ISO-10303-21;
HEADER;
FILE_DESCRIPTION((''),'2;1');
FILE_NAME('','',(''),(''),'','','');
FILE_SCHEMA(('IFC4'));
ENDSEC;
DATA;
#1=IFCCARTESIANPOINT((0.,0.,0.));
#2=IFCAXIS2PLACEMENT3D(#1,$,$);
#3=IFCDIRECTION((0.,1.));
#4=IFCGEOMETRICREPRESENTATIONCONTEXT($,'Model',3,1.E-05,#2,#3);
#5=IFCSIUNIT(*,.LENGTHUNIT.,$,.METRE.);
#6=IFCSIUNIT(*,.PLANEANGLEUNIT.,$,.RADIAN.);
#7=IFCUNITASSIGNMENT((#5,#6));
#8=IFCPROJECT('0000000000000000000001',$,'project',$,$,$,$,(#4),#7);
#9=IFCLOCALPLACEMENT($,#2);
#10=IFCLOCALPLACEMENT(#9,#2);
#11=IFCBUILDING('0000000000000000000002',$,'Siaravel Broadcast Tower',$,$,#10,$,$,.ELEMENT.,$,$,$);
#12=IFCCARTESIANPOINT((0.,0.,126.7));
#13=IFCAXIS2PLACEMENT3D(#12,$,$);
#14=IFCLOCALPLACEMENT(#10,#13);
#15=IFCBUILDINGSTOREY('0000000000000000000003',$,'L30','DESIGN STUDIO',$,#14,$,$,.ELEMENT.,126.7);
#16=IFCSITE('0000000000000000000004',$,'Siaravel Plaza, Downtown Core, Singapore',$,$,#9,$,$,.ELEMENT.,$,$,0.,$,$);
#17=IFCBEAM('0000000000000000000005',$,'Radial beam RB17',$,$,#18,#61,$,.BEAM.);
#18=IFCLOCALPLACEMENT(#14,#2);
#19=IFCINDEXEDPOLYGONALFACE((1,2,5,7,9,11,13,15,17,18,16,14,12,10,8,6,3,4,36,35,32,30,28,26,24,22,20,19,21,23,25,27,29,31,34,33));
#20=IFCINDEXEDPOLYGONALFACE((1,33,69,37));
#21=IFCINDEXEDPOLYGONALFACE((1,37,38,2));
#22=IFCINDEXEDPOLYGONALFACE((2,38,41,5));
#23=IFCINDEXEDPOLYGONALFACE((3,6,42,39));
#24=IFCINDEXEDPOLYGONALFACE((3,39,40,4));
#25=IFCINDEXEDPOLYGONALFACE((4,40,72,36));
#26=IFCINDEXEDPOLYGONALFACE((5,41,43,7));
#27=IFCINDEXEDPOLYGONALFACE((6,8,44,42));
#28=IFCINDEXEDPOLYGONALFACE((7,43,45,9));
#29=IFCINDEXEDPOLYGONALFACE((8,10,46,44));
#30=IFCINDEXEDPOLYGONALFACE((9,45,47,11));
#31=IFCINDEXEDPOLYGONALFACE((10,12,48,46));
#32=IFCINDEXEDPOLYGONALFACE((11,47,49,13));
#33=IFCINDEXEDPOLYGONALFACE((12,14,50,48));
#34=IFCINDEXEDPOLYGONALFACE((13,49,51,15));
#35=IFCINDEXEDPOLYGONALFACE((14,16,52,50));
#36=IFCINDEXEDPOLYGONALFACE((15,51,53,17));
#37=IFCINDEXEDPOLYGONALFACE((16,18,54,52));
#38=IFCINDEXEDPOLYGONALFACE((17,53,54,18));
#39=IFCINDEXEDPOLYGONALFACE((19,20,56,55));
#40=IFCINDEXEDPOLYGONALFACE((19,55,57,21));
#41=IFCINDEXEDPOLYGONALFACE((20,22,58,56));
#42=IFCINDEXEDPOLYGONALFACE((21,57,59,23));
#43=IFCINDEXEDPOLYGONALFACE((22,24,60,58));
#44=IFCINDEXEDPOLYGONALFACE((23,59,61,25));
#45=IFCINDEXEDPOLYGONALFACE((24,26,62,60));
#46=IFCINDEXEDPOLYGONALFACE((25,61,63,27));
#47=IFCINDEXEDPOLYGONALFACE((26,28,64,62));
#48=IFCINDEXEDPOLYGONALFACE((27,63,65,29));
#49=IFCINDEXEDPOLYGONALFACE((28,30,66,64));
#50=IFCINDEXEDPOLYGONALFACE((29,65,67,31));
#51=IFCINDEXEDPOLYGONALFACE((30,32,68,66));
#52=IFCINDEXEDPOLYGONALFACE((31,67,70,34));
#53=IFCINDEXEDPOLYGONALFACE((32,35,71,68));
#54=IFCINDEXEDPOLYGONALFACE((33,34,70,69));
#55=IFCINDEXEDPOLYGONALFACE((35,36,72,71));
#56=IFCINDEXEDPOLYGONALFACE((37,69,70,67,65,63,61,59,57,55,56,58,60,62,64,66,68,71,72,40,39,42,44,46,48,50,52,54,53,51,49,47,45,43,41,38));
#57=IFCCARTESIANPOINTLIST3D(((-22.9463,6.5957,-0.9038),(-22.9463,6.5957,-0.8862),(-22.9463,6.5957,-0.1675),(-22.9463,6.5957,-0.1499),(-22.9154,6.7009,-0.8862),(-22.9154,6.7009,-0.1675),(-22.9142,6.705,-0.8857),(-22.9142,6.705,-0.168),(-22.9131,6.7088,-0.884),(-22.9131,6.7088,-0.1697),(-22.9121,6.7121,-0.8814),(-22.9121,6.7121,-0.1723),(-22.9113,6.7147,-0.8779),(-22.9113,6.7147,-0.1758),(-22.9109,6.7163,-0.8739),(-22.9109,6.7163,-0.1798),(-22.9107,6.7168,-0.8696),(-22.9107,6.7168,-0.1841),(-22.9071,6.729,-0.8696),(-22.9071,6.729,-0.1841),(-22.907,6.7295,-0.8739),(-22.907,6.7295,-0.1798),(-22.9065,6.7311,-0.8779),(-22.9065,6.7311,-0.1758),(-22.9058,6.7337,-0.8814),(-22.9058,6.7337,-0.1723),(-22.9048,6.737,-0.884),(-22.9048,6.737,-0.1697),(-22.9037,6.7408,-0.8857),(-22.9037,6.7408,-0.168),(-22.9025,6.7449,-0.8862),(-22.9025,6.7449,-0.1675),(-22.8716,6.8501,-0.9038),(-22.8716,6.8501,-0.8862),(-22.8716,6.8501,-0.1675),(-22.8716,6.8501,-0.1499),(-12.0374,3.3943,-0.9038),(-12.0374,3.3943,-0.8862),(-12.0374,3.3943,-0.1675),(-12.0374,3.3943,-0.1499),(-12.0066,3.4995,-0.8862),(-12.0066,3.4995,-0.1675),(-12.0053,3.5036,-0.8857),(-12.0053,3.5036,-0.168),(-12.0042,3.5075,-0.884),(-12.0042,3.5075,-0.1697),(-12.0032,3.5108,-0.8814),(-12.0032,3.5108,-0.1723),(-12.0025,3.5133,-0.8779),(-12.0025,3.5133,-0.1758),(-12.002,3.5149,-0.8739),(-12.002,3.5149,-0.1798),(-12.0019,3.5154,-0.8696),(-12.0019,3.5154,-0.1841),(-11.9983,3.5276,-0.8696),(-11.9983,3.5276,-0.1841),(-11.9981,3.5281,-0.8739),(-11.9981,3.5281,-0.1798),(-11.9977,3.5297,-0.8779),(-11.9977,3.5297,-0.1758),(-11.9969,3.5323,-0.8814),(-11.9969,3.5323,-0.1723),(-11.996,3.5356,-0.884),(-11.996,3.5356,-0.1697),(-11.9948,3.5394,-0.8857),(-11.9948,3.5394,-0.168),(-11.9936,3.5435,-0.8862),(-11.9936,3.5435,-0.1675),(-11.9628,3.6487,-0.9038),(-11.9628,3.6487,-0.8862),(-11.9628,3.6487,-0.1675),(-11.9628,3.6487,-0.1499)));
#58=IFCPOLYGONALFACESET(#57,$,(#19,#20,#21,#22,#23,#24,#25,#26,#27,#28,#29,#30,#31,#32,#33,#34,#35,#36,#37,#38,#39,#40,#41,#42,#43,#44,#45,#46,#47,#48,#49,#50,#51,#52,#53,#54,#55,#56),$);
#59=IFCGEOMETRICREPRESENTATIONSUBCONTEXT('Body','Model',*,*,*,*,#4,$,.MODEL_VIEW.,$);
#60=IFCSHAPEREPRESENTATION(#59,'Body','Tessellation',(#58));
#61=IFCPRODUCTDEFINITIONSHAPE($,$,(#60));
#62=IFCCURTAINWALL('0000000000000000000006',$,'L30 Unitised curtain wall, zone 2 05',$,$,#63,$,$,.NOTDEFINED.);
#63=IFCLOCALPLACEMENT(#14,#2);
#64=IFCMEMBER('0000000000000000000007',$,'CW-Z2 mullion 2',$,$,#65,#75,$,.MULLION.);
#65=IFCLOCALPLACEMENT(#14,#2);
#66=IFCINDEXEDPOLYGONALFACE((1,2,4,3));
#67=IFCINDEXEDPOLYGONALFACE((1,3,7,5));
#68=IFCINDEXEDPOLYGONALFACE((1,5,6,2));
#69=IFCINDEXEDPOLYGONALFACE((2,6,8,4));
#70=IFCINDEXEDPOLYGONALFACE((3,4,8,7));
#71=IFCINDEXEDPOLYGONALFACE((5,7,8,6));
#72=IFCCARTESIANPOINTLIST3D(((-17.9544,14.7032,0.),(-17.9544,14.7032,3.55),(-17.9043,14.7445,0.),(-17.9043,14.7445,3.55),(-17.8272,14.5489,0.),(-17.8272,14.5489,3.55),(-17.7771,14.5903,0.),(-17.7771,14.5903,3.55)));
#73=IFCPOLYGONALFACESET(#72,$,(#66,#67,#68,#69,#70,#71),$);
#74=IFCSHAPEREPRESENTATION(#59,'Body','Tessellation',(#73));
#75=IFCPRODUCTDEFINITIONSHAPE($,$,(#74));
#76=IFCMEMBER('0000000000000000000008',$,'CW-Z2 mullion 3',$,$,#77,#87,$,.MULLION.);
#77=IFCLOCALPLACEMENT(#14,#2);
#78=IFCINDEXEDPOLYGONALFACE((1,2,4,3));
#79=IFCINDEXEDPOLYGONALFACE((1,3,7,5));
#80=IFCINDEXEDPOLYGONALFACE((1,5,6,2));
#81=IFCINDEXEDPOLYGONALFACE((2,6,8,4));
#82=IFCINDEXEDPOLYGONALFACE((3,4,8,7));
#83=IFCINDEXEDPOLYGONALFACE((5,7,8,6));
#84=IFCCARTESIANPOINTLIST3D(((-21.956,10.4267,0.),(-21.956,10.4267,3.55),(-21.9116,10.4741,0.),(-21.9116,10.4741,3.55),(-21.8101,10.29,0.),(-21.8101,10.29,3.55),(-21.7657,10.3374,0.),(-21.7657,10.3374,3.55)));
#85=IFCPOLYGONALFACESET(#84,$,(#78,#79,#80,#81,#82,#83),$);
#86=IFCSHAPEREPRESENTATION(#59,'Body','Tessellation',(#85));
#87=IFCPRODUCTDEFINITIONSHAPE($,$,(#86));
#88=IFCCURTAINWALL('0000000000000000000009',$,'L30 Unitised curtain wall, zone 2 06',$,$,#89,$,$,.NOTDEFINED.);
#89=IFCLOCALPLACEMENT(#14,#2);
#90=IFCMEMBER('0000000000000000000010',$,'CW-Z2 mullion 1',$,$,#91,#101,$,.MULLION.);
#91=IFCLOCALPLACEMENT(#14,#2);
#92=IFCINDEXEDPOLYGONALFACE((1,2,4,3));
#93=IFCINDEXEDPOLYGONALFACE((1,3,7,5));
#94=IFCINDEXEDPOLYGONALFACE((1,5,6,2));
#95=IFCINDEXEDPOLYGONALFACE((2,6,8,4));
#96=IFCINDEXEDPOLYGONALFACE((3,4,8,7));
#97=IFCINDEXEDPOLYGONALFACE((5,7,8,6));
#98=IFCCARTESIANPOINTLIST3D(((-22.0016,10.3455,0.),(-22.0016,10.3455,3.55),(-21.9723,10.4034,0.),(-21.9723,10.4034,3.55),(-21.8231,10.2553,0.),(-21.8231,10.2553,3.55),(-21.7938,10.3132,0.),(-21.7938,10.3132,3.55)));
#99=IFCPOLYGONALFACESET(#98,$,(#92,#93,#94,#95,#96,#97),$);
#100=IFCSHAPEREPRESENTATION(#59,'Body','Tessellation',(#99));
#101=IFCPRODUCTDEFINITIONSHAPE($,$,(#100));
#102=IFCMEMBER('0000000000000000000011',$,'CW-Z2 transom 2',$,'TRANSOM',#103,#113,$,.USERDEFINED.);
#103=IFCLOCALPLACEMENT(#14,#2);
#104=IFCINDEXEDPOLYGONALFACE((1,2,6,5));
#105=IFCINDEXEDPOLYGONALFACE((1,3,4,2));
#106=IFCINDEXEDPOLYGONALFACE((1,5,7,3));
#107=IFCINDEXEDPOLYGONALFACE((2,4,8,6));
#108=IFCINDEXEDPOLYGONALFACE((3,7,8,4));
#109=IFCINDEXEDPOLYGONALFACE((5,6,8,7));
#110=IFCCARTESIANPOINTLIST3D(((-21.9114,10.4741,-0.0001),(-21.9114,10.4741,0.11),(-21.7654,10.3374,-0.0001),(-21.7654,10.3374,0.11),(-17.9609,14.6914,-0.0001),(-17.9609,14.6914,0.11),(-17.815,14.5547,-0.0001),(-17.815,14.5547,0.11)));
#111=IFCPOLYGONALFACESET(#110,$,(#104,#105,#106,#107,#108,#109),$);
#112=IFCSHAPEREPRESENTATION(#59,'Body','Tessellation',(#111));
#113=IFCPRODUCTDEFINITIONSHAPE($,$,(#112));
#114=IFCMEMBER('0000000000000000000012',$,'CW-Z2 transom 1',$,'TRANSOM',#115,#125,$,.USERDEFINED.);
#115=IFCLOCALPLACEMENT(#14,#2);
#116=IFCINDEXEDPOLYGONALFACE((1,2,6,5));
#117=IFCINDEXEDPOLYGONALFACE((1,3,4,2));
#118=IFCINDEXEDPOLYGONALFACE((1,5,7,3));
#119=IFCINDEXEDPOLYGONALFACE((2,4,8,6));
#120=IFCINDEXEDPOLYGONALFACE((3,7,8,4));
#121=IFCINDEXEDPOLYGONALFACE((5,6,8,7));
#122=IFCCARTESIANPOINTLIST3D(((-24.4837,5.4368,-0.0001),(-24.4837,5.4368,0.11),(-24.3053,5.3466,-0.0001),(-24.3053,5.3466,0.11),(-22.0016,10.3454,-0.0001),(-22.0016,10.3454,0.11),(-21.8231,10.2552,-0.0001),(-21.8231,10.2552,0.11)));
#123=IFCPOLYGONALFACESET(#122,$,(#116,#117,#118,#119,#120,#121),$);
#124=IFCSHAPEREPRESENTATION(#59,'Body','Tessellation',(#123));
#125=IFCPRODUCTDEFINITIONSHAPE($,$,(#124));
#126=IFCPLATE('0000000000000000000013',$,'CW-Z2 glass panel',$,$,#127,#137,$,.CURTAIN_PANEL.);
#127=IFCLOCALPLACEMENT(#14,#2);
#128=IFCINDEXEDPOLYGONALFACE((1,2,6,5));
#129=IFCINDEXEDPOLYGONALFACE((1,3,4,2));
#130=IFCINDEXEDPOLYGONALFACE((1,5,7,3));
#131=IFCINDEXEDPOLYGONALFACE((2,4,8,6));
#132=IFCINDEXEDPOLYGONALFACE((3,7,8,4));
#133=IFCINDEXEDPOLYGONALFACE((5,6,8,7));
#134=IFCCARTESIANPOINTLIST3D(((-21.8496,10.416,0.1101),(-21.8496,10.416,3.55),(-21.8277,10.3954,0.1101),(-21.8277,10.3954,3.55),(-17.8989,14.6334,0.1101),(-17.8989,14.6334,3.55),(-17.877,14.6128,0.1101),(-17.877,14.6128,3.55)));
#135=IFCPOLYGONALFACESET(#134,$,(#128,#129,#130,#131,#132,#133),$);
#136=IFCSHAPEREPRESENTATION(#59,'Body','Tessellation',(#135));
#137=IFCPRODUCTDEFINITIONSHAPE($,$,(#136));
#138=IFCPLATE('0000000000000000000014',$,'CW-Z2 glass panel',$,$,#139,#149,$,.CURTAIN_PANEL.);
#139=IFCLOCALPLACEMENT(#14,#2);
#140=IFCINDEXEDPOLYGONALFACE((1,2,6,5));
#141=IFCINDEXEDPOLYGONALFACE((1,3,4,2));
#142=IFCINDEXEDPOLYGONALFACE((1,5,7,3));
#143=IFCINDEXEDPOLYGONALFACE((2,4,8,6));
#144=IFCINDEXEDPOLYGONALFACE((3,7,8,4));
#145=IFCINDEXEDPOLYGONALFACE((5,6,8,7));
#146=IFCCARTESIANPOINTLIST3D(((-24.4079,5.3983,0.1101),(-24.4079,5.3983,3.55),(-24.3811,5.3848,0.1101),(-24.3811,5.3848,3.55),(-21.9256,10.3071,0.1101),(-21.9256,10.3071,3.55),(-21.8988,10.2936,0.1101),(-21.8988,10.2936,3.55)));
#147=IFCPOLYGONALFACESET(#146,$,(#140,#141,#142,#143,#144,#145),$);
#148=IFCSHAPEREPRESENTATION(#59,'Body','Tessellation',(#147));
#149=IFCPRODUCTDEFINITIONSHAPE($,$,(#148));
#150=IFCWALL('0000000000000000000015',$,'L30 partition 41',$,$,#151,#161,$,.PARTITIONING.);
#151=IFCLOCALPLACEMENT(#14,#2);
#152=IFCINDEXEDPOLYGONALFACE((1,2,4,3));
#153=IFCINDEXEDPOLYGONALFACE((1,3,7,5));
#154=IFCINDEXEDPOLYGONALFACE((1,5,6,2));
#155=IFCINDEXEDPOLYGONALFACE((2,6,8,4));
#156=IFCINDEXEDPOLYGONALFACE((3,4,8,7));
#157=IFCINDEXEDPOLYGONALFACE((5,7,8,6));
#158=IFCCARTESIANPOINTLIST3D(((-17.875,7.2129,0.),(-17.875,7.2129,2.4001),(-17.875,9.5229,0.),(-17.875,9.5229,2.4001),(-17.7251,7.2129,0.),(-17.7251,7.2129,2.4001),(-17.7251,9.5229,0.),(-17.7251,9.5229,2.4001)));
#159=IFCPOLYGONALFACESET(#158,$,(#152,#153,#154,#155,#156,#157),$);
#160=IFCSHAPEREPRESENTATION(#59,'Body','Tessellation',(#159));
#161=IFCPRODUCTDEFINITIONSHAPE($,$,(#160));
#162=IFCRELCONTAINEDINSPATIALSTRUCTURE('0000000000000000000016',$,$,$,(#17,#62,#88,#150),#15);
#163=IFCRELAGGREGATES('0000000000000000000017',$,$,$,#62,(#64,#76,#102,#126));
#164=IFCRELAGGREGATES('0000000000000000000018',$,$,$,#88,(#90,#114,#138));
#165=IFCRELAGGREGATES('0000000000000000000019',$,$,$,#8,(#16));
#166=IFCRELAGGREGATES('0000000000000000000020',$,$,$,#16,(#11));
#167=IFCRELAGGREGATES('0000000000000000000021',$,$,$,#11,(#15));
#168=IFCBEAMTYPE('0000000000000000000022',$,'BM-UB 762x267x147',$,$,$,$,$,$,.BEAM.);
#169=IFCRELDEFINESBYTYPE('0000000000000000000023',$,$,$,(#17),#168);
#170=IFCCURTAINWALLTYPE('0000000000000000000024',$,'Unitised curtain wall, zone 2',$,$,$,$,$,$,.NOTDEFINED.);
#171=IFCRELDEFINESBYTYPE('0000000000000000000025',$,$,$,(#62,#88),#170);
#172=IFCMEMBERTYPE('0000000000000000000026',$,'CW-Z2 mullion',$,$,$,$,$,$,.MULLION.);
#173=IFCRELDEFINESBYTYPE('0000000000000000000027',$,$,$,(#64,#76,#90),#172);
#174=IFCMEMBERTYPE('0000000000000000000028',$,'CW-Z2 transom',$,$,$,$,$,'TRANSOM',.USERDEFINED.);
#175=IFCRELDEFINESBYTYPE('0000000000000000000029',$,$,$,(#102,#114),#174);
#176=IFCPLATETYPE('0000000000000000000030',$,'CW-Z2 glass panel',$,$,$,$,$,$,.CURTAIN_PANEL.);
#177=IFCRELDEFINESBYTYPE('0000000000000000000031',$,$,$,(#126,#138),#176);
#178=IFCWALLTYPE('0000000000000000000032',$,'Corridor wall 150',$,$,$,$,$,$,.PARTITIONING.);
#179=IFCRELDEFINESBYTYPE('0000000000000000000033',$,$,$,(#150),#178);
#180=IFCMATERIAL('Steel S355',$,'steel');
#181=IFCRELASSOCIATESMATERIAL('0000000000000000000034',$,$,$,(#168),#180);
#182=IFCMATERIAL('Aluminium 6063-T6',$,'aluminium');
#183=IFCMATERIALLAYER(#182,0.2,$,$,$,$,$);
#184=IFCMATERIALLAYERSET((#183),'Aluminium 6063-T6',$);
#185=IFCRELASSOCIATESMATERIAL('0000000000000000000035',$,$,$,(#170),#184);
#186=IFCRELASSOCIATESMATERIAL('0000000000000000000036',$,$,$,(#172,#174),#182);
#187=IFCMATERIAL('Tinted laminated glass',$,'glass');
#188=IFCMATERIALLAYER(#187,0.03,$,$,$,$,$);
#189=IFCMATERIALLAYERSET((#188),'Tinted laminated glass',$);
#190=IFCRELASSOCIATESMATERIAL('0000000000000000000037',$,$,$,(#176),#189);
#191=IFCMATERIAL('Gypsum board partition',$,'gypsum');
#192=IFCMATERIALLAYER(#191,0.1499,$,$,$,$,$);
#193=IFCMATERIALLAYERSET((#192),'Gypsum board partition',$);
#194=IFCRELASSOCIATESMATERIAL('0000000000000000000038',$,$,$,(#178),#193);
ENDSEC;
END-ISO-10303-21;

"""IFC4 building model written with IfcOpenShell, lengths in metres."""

from ifc_helpers import new_model, si_unit, direction, frame, frame_2d, origin, origin_2d, place, context, subcontext, project, spatial, rectangle, i_section, extrude, material, layer, layer_set, material_profile, profile_set, type_object, element, aggregate, save


model = new_model("IFC4")

# Units and contexts
model_context = context("Model", 3, precision=1e-05, world=origin(), true_north=direction((0.0, 1.0)))
body_context = subcontext(model_context, "Body", "Model", "MODEL_VIEW")
ifc_project = project(units=[si_unit("LENGTHUNIT", "METRE"), si_unit("PLANEANGLEUNIT", "RADIAN")], contexts=[model_context])

# Site, building, storey
site_placement = place(None, origin())
site = spatial("IfcSite", under=ifc_project, at=site_placement, Name="Siaravel Plaza, Downtown Core, Singapore", CompositionType="ELEMENT", RefElevation=0.0)
building_placement = place(site_placement, origin())
building = spatial("IfcBuilding", under=site, at=building_placement, Name="Siaravel Broadcast Tower", CompositionType="ELEMENT")
storey_placement = place(building_placement, frame((0.0, 0.0, 126.7)))
storey = spatial("IfcBuildingStorey", under=building, at=storey_placement, Name="L30", Description="DESIGN STUDIO", CompositionType="ELEMENT", Elevation=126.7)

# Beam
ifc_material_1 = material(Name="Steel S355", Category="steel")
ifc_material_profile_1 = material_profile(ifc_material_1, i_section(OverallWidth=0.2651, OverallDepth=0.7539, WebThickness=0.0127, FlangeThickness=0.0176, FilletRadius=0.0166, at=origin_2d()))
ifc_profile_set_1 = profile_set([ifc_material_profile_1], Name="Steel S355")
beam_type = type_object("IfcBeamType", Name="BM-UB 762x267x147", PredefinedType="BEAM", material=ifc_profile_set_1)
beam_1_placement = place(storey_placement, frame((-22.9089, 6.7229, -0.5269), z_axis=(0.959534, -0.281592, 0.0), x_axis=(0.281592, 0.959534, 0.0)))
element("IfcBeam", 1, at=beam_1_placement, inside=storey, type_object=beam_type, Name="Radial beam RB17", PredefinedType="BEAM", context=body_context, shape_type="SweptSolid", body=[
    extrude(i_section(OverallWidth=0.2651, OverallDepth=0.7539, WebThickness=0.0127, FlangeThickness=0.0176, FilletRadius=0.0166, at=origin_2d()), origin(), (0.0, 0.0, 1.0), 11.3689),
])

# Curtain wall, members
ifc_material_2 = material(Name="Aluminium 6063-T6", Category="aluminium")
ifc_layer_1 = layer(ifc_material_2, 0.2)
ifc_layer_set_1 = layer_set([ifc_layer_1], Name="Aluminium 6063-T6")
curtain_wall_type = type_object("IfcCurtainWallType", Name="Unitised curtain wall, zone 2", PredefinedType="NOTDEFINED", material=ifc_layer_set_1)
curtain_wall_1_placement = place(storey_placement, origin())
curtain_wall_1 = element("IfcCurtainWall", 2, at=curtain_wall_1_placement, inside=storey, type_object=curtain_wall_type, Name="L30 Unitised curtain wall, zone 2 05", PredefinedType="NOTDEFINED")
ifc_material_profile_2 = material_profile(ifc_material_2, rectangle(XDim=0.2, YDim=0.0649, at=origin_2d()))
ifc_profile_set_2 = profile_set([ifc_material_profile_2], Name="Aluminium 6063-T6")
member_type_1 = type_object("IfcMemberType", Name="CW-Z2 mullion", PredefinedType="MULLION", material=ifc_profile_set_2)
member_1_placement = place(storey_placement, frame((-17.8657, 14.6467, 0.0), z_axis=(0.0, 0.0, 1.0), x_axis=(0.636219, -0.771509, 0.0)))
member_1 = element("IfcMember", 3, at=member_1_placement, type_object=member_type_1, Name="CW-Z2 mullion 2", PredefinedType="MULLION", context=body_context, shape_type="SweptSolid", body=[
    extrude(rectangle(XDim=0.2, YDim=0.0649, at=origin_2d()), origin(), (0.0, 0.0, 1.0), 3.55),
])
member_2_placement = place(storey_placement, frame((-21.8608, 10.3821, 0.0), z_axis=(0.0, 0.0, 1.0), x_axis=(0.729805, -0.683655, 0.0)))
member_2 = element("IfcMember", 4, at=member_2_placement, type_object=member_type_1, Name="CW-Z2 mullion 3", PredefinedType="MULLION", context=body_context, shape_type="SweptSolid", body=[
    extrude(rectangle(XDim=0.2, YDim=0.0649, at=origin_2d()), origin(), (0.0, 0.0, 1.0), 3.55),
])

# Curtain wall, member
curtain_wall_2_placement = place(storey_placement, origin())
curtain_wall_2 = element("IfcCurtainWall", 5, at=curtain_wall_2_placement, inside=storey, type_object=curtain_wall_type, Name="L30 Unitised curtain wall, zone 2 06", PredefinedType="NOTDEFINED")
member_3_placement = place(storey_placement, frame((-21.8977, 10.3293, 0.0), z_axis=(0.0, 0.0, 1.0), x_axis=(0.892392, -0.451261, 0.0)))
member_3 = element("IfcMember", 6, at=member_3_placement, type_object=member_type_1, Name="CW-Z2 mullion 1", PredefinedType="MULLION", context=body_context, shape_type="SweptSolid", body=[
    extrude(rectangle(XDim=0.2, YDim=0.0649, at=origin_2d()), origin(), (0.0, 0.0, 1.0), 3.55),
])

# Members
ifc_material_profile_3 = material_profile(ifc_material_2, rectangle(XDim=0.2, YDim=0.1101, at=origin_2d()))
ifc_profile_set_3 = profile_set([ifc_material_profile_3], Name="Aluminium 6063-T6")
member_type_2 = type_object("IfcMemberType", Name="CW-Z2 transom", ElementType="TRANSOM", PredefinedType="USERDEFINED", material=ifc_profile_set_3)
member_4_placement = place(storey_placement, frame((-17.8879, 14.623, 0.0549), z_axis=(-0.68364, -0.729819, 0.0), x_axis=(0.729819, -0.68364, 0.0)))
member_4 = element("IfcMember", 7, at=member_4_placement, type_object=member_type_2, Name="CW-Z2 transom 2", ObjectType="TRANSOM", PredefinedType="USERDEFINED", context=body_context, shape_type="SweptSolid", body=[
    extrude(rectangle(XDim=0.2, YDim=0.1101, at=origin_2d()), origin(), (0.0, 0.0, 1.0), 5.7786),
])
member_5_placement = place(storey_placement, frame((-21.9124, 10.3003, 0.0549), z_axis=(-0.451257, -0.892394, 0.0), x_axis=(0.892394, -0.451257, 0.0)))
member_5 = element("IfcMember", 8, at=member_5_placement, type_object=member_type_2, Name="CW-Z2 transom 1", ObjectType="TRANSOM", PredefinedType="USERDEFINED", context=body_context, shape_type="SweptSolid", body=[
    extrude(rectangle(XDim=0.2, YDim=0.1101, at=origin_2d()), origin(), (0.0, 0.0, 1.0), 5.5005),
])

# Plates
ifc_material_3 = material(Name="Tinted laminated glass", Category="glass")
ifc_layer_2 = layer(ifc_material_3, 0.03)
ifc_layer_set_2 = layer_set([ifc_layer_2], Name="Tinted laminated glass")
plate_type = type_object("IfcPlateType", Name="CW-Z2 glass panel", PredefinedType="CURTAIN_PANEL", material=ifc_layer_set_2)
plate_1_placement = place(storey_placement, frame((-19.8633, 12.5144, 0.1101), z_axis=(0.0, 0.0, 1.0), x_axis=(-0.683655, -0.729805, 0.0)))
plate_1 = element("IfcPlate", 9, at=plate_1_placement, type_object=plate_type, Name="CW-Z2 glass panel", PredefinedType="CURTAIN_PANEL", context=body_context, shape_type="SweptSolid", body=[
    extrude(rectangle(XDim=5.7788, YDim=0.03, at=origin_2d()), origin(), (0.0, 0.0, 1.0), 3.4399),
])
aggregate(curtain_wall_1, [member_1, member_2, member_4, plate_1])
plate_2_placement = place(storey_placement, frame((-23.1533, 7.8459, 0.1101), z_axis=(0.0, 0.0, 1.0), x_axis=(-0.451261, -0.892392, 0.0)))
plate_2 = element("IfcPlate", 10, at=plate_2_placement, type_object=plate_type, Name="CW-Z2 glass panel", PredefinedType="CURTAIN_PANEL", context=body_context, shape_type="SweptSolid", body=[
    extrude(rectangle(XDim=5.5007, YDim=0.03, at=origin_2d()), origin(), (0.0, 0.0, 1.0), 3.4399),
])
aggregate(curtain_wall_2, [member_3, member_5, plate_2])

# Shared definitions
ifc_material_4 = material(Name="Gypsum board partition", Category="gypsum")
ifc_layer_3 = layer(ifc_material_4, 0.1499)
ifc_layer_set_3 = layer_set([ifc_layer_3], Name="Gypsum board partition")
wall_type = type_object("IfcWallType", Name="Corridor wall 150", PredefinedType="PARTITIONING", material=ifc_layer_set_3)

# Wall
wall_1_placement = place(storey_placement, frame((-17.8, 9.5229, 0.0), z_axis=(0.0, 0.0, 1.0), x_axis=(0.0, -1.0, 0.0)))
element("IfcWall", 11, at=wall_1_placement, inside=storey, type_object=wall_type, Name="L30 partition 41", PredefinedType="PARTITIONING", context=body_context, shape_type="SweptSolid", body=[
    extrude(rectangle(XDim=2.3101, YDim=0.1499, at=frame_2d((1.155, 0.0))), origin(), (0.0, 0.0, 1.0), 2.4001),
])

save(model, "model.ifc")
